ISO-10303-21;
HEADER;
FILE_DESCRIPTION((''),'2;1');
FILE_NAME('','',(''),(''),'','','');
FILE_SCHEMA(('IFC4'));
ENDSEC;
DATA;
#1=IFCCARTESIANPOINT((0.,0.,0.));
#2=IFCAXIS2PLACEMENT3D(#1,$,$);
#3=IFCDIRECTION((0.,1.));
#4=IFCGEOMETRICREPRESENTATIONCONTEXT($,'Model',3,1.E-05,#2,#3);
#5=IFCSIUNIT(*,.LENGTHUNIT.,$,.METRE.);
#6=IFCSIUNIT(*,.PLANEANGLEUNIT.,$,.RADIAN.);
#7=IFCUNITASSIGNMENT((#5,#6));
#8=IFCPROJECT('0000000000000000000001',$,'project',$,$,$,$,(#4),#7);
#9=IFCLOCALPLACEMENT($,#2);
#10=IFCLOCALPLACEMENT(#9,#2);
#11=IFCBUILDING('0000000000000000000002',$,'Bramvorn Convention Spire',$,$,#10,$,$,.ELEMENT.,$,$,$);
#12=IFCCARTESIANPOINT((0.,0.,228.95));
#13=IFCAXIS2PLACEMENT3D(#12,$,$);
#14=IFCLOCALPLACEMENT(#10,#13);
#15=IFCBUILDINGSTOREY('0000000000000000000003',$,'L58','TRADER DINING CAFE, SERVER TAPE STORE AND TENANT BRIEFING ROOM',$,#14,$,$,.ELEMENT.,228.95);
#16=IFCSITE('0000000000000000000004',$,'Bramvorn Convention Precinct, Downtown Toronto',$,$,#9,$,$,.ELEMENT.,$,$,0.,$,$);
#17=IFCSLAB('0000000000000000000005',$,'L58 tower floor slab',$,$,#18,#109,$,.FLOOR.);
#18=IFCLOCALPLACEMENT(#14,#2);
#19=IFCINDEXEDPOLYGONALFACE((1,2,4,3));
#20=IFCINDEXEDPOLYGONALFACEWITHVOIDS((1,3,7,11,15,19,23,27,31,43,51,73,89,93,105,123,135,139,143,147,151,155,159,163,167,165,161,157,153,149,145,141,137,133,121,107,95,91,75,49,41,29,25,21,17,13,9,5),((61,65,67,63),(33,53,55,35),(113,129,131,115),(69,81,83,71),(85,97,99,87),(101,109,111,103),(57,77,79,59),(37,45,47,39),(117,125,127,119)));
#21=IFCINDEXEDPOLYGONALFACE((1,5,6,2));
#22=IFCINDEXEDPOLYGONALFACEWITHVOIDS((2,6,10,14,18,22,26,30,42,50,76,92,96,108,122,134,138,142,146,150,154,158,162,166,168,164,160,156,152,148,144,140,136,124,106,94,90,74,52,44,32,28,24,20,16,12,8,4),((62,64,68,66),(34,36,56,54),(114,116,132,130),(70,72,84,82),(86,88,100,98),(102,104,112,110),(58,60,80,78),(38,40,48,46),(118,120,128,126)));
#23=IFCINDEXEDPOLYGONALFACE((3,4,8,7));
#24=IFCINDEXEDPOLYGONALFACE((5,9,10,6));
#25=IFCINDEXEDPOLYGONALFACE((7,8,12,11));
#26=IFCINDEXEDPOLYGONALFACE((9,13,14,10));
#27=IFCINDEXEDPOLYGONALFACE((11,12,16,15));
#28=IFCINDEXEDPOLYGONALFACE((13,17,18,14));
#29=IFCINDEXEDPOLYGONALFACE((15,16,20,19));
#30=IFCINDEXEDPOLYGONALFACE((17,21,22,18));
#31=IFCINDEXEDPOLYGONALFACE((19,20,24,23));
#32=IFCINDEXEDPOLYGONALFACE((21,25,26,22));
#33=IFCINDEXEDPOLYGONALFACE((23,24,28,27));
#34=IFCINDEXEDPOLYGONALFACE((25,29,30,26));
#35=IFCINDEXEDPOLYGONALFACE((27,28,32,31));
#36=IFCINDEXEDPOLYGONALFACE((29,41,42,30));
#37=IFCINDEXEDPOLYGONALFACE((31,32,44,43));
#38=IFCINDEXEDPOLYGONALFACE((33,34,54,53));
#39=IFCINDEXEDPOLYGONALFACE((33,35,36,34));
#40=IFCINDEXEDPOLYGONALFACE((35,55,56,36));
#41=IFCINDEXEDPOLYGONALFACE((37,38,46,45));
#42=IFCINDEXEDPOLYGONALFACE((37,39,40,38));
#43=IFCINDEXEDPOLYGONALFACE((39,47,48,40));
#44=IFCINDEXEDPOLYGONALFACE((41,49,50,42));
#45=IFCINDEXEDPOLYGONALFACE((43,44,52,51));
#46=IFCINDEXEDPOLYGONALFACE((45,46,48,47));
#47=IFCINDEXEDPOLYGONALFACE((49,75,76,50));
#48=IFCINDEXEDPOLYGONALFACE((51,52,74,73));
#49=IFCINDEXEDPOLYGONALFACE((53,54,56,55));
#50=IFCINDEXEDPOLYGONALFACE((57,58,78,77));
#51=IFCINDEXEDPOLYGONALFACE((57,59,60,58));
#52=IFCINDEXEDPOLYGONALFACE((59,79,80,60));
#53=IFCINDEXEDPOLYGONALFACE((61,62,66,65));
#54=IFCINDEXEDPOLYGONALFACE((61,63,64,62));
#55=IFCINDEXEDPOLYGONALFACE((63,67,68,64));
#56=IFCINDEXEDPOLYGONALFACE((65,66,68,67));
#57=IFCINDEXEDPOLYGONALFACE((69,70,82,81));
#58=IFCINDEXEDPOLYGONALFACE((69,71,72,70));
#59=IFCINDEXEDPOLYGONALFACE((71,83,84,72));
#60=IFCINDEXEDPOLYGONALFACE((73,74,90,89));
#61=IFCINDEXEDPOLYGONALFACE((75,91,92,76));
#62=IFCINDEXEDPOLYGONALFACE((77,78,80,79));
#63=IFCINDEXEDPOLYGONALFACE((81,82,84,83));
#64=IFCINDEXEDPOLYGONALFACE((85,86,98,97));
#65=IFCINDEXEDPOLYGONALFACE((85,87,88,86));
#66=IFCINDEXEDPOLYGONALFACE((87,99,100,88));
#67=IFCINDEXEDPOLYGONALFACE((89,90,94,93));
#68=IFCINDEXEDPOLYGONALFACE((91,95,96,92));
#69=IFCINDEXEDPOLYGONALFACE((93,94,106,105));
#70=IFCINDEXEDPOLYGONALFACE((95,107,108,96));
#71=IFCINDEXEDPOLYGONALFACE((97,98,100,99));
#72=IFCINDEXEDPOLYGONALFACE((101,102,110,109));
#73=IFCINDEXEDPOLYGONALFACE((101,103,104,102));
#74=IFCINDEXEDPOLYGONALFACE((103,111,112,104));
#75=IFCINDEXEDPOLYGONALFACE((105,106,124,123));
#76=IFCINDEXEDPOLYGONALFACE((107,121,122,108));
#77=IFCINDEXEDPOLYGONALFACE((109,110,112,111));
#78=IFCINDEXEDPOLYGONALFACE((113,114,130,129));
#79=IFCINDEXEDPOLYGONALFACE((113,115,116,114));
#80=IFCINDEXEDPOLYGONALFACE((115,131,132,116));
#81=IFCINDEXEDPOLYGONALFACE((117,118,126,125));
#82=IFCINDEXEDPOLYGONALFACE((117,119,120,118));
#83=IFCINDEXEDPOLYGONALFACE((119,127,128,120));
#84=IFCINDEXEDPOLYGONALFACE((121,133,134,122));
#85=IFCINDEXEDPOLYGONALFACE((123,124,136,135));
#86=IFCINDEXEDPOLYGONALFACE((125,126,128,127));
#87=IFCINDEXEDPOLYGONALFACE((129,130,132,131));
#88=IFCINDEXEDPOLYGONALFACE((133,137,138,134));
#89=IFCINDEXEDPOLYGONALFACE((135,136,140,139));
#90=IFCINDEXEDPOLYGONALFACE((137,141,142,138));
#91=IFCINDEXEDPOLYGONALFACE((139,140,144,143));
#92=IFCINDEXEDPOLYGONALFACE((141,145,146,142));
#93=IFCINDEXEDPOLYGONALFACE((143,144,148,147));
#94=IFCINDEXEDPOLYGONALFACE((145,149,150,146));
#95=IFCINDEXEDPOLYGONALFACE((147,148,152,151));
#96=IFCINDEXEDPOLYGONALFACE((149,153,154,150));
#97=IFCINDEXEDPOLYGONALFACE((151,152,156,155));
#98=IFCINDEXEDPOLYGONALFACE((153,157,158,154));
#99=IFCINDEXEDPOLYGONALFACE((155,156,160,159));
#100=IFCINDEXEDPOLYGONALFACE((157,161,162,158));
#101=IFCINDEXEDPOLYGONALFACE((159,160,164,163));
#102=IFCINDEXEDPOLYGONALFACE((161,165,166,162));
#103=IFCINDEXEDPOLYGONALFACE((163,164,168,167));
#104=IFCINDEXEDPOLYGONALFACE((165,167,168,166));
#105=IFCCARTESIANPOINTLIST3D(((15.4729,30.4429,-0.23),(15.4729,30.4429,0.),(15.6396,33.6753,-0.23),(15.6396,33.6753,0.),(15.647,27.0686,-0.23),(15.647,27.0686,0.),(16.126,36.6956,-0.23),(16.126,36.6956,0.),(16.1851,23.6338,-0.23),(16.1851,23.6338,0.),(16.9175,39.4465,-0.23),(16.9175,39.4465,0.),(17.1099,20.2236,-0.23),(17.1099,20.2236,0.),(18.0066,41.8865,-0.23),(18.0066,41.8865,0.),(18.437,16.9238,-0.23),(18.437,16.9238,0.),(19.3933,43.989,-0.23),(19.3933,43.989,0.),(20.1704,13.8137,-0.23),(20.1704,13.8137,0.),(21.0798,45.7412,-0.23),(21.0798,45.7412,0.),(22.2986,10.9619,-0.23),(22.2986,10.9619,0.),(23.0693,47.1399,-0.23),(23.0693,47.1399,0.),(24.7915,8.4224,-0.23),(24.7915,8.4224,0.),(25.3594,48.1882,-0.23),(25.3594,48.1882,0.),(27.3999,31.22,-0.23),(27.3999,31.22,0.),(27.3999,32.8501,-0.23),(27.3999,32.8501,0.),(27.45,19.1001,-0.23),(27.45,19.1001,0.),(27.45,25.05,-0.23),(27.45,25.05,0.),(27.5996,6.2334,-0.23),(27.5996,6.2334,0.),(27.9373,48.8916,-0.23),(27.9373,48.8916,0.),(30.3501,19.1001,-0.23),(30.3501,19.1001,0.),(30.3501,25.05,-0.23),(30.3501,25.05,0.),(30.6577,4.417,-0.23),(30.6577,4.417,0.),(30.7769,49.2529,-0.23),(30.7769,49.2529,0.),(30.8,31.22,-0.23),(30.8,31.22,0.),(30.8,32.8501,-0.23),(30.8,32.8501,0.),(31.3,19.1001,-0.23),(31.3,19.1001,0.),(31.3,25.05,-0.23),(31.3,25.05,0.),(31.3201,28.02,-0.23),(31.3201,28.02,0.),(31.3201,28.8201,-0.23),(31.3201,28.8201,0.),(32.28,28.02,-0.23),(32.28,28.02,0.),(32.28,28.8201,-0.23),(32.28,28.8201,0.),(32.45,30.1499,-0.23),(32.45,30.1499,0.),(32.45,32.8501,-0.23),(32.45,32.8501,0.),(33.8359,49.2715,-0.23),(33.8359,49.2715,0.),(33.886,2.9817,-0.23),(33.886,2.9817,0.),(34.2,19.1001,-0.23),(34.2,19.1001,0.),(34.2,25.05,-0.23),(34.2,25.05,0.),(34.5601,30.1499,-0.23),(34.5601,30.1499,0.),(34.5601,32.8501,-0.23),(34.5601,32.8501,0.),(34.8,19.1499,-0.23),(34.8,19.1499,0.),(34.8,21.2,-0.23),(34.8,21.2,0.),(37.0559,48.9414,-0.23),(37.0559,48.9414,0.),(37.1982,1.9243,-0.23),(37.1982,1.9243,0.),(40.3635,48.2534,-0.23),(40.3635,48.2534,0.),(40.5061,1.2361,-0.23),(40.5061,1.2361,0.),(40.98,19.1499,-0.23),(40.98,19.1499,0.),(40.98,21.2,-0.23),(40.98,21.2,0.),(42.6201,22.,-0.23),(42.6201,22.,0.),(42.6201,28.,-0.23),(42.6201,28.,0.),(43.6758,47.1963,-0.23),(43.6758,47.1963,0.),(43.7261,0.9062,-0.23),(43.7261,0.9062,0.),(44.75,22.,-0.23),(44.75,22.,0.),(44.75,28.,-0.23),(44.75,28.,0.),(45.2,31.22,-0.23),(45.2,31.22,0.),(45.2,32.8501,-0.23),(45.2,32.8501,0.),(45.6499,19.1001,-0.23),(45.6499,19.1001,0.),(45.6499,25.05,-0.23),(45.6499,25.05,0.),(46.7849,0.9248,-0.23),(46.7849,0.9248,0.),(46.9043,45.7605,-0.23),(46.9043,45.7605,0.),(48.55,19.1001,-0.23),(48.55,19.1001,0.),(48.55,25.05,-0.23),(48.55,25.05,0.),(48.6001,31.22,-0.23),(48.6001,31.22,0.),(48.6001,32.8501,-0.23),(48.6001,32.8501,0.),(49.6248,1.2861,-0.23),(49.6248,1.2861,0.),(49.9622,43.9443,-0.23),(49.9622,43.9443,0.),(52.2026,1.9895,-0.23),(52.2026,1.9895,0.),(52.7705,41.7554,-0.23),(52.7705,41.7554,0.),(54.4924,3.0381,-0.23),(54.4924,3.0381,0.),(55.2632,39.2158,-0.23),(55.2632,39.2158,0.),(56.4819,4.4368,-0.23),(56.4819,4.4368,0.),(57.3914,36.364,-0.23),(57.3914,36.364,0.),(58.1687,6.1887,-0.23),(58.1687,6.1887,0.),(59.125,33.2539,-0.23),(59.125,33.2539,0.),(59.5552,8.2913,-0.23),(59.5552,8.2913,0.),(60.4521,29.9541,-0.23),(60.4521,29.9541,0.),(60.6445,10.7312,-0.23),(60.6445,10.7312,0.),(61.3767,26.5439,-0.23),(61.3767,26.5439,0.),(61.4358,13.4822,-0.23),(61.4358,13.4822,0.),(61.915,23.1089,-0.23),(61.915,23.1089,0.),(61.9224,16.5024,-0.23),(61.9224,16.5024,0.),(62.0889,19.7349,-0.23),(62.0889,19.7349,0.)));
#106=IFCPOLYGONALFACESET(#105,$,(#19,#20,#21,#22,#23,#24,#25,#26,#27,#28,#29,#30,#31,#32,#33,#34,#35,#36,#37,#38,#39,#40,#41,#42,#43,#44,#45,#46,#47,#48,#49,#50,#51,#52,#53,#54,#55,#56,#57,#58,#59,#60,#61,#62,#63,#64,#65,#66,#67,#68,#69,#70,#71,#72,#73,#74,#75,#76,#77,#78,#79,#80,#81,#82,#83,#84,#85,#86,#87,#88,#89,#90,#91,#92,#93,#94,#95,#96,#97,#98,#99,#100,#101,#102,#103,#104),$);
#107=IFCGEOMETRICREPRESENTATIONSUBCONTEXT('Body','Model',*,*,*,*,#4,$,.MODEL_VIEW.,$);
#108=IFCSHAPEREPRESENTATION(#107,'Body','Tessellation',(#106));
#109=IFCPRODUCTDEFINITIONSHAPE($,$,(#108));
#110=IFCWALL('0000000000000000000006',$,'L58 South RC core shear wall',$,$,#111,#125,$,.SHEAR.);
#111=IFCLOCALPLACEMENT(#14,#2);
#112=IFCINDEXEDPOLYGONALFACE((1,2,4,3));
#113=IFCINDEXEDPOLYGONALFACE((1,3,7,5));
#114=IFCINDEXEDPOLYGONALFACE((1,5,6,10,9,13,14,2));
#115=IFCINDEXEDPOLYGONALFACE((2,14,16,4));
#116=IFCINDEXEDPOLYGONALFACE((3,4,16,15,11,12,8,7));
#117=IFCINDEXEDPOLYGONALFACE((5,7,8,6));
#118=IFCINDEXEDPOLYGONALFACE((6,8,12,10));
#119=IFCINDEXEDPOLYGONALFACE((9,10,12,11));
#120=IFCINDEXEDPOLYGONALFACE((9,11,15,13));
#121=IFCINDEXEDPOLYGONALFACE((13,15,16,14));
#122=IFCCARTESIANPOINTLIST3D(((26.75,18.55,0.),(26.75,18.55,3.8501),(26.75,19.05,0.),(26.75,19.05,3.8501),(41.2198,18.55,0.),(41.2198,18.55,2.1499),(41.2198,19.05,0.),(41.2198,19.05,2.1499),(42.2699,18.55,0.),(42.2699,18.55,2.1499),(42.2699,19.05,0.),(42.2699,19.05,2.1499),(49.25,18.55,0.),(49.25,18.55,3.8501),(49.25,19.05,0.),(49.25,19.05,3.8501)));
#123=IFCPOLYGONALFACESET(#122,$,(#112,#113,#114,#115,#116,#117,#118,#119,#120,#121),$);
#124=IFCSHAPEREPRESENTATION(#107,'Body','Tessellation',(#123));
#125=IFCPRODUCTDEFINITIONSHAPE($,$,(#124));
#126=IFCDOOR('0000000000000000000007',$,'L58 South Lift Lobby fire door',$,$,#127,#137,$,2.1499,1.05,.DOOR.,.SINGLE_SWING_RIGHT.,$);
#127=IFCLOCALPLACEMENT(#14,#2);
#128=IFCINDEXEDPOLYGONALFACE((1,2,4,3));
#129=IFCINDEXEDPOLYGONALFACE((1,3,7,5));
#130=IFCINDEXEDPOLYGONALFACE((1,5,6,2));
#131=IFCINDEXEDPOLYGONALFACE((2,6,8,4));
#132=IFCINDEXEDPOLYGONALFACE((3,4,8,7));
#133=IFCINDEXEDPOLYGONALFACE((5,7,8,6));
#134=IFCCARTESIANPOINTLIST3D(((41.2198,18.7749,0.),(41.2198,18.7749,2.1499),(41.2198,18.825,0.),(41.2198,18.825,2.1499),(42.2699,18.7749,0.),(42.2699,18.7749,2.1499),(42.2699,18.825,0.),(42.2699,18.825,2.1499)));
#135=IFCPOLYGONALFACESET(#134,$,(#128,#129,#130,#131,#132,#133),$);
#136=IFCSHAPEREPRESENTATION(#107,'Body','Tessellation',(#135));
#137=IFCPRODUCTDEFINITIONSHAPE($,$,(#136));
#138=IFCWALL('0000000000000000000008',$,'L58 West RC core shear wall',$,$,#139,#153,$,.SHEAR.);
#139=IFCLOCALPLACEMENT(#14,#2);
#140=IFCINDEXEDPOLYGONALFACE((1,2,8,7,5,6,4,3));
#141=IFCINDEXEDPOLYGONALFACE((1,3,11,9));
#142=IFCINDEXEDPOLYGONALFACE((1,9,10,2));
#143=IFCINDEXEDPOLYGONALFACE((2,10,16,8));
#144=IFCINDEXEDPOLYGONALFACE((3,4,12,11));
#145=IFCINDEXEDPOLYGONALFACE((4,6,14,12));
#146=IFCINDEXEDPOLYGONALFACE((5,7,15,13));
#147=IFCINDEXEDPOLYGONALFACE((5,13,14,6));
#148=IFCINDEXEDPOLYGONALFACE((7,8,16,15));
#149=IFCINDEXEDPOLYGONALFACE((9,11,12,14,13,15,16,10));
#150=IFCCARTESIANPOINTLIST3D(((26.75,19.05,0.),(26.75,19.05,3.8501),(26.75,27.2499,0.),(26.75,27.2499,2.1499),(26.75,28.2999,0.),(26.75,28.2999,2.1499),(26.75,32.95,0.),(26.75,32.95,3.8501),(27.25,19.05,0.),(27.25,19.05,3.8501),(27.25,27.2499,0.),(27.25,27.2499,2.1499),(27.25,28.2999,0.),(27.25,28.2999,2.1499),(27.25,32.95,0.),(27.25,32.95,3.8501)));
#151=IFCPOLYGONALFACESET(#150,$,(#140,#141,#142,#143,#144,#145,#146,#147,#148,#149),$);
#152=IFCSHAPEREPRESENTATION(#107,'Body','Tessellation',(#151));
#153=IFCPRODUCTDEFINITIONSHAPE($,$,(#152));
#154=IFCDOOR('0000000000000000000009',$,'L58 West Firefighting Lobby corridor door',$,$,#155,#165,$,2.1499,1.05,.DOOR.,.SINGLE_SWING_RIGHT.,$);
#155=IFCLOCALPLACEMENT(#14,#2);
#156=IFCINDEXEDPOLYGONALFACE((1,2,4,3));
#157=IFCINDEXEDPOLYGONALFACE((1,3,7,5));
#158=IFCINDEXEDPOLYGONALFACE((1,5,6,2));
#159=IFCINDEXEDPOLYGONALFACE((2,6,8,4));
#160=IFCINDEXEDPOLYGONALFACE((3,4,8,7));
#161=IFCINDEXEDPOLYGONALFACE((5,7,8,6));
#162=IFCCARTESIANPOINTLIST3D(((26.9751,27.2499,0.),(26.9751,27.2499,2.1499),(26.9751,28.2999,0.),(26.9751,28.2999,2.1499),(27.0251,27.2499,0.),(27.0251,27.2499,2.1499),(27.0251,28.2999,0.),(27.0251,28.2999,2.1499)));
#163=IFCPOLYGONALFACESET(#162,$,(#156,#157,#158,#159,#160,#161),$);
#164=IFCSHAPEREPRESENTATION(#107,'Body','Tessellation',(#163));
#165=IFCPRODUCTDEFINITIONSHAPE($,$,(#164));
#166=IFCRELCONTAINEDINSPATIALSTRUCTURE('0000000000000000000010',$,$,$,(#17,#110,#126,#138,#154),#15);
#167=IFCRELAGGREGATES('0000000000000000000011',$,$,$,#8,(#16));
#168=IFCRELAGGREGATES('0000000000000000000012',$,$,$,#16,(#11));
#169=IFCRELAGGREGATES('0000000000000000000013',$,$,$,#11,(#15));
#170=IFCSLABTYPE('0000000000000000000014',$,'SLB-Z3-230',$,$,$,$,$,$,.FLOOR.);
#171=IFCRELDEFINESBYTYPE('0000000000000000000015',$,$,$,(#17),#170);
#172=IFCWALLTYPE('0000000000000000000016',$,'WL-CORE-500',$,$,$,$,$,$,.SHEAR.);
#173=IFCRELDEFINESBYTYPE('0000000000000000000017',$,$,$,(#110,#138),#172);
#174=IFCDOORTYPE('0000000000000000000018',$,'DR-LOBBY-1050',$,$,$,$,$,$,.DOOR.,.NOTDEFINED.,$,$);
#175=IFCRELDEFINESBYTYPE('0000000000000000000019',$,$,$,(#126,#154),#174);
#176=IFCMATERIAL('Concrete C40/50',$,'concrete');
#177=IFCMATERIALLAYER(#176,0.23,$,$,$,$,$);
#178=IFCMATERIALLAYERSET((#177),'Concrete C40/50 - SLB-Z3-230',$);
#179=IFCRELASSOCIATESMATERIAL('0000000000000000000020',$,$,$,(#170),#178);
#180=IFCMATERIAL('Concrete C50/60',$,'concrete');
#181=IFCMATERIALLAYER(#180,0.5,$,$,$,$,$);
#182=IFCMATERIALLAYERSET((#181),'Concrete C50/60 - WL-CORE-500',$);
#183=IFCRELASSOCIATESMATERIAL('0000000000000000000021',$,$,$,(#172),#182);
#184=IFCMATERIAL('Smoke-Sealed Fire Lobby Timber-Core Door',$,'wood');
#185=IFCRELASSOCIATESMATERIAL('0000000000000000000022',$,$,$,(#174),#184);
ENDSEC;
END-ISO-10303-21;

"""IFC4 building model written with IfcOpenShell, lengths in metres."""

from ifc_helpers import new_model, si_unit, direction, frame, frame_2d, origin, place, context, subcontext, project, spatial, polyline, rectangle, outline, extrude, material, layer, layer_set, type_object, element, fill, save


model = new_model("IFC4")

# Units and contexts
model_context = context("Model", 3, precision=1e-05, world=origin(), true_north=direction((0.0, 1.0)))
body_context = subcontext(model_context, "Body", "Model", "MODEL_VIEW")
ifc_project = project(units=[si_unit("LENGTHUNIT", "METRE"), si_unit("PLANEANGLEUNIT", "RADIAN")], contexts=[model_context])

# Site, building, storey
site_placement = place(None, origin())
site = spatial("IfcSite", under=ifc_project, at=site_placement, Name="Bramvorn Convention Precinct, Downtown Toronto", CompositionType="ELEMENT", RefElevation=0.0)
building_placement = place(site_placement, origin())
building = spatial("IfcBuilding", under=site, at=building_placement, Name="Bramvorn Convention Spire", CompositionType="ELEMENT")
storey_placement = place(building_placement, frame((0.0, 0.0, 228.95)))
storey = spatial("IfcBuildingStorey", under=building, at=storey_placement, Name="L58", Description="TRADER DINING CAFE, SERVER TAPE STORE AND TENANT BRIEFING ROOM", CompositionType="ELEMENT", Elevation=228.95)

# Slab
ifc_material_1 = material(Name="Concrete C40/50", Category="concrete")
ifc_layer_1 = layer(ifc_material_1, 0.23)
ifc_layer_set_1 = layer_set([ifc_layer_1], Name="Concrete C40/50 - SLB-Z3-230")
slab_type_1 = type_object("IfcSlabType", Name="SLB-Z3-230", PredefinedType="FLOOR", material=ifc_layer_set_1)
slab_1_placement = place(storey_placement, frame((0.0, 0.0, -0.23)))
element("IfcSlab", 1, at=slab_1_placement, inside=storey, type_object=slab_type_1, Name="L58 tower floor slab", PredefinedType="FLOOR", context=body_context, shape_type="SweptSolid", body=[
    extrude(outline(polyline([(56.4819, 4.4368), (58.1687, 6.1887), (59.5552, 8.2913), (60.6445, 10.7312), (61.4358, 13.4822), (61.9224, 16.5024), (62.0889, 19.7349), (61.915, 23.1089), (61.3767, 26.5439), (60.4521, 29.9541), (59.125, 33.2539), (57.3914, 36.364), (55.2632, 39.2158), (52.7705, 41.7554), (49.9622, 43.9443), (46.9043, 45.7605), (43.6758, 47.1963), (40.3635, 48.2534), (37.0559, 48.9414), (33.8359, 49.2715), (30.7769, 49.2529), (27.9373, 48.8916), (25.3594, 48.1882), (23.0693, 47.1399), (21.0798, 45.7412), (19.3933, 43.989), (18.0066, 41.8865), (16.9175, 39.4465), (16.126, 36.6956), (15.6396, 33.6753), (15.4729, 30.4429), (15.647, 27.0686), (16.1851, 23.6338), (17.1099, 20.2236), (18.437, 16.9238), (20.1704, 13.8137), (22.2986, 10.9619), (24.7915, 8.4224), (27.5996, 6.2334), (30.6577, 4.417), (33.886, 2.9817), (37.1982, 1.9243), (40.5061, 1.2361), (43.7261, 0.9062), (46.7849, 0.9248), (49.6248, 1.2861), (52.2026, 1.9895), (54.4924, 3.0381), (56.4819, 4.4368)]), holes=[polyline([(27.45, 25.05), (27.45, 19.1001), (30.3501, 19.1001), (30.3501, 25.05), (27.45, 25.05)]), polyline([(45.6499, 25.05), (45.6499, 19.1001), (48.55, 19.1001), (48.55, 25.05), (45.6499, 25.05)]), polyline([(31.3, 25.05), (31.3, 19.1001), (34.2, 19.1001), (34.2, 25.05), (31.3, 25.05)]), polyline([(27.3999, 31.22), (30.8, 31.22), (30.8, 32.8501), (27.3999, 32.8501), (27.3999, 31.22)]), polyline([(45.2, 31.22), (48.6001, 31.22), (48.6001, 32.8501), (45.2, 32.8501), (45.2, 31.22)]), polyline([(32.45, 30.1499), (34.5601, 30.1499), (34.5601, 32.8501), (32.45, 32.8501), (32.45, 30.1499)]), polyline([(34.8, 19.1499), (40.98, 19.1499), (40.98, 21.2), (34.8, 21.2), (34.8, 19.1499)]), polyline([(42.6201, 22.0), (44.75, 22.0), (44.75, 28.0), (42.6201, 28.0), (42.6201, 22.0)]), polyline([(31.3201, 28.02), (32.28, 28.02), (32.28, 28.8201), (31.3201, 28.8201), (31.3201, 28.02)])]), origin(), (0.0, 0.0, 1.0), 0.23),
])

# Walls, openings, doors
ifc_material_2 = material(Name="Concrete C50/60", Category="concrete")
ifc_layer_2 = layer(ifc_material_2, 0.5)
ifc_layer_set_2 = layer_set([ifc_layer_2], Name="Concrete C50/60 - WL-CORE-500")
wall_type_1 = type_object("IfcWallType", Name="WL-CORE-500", PredefinedType="SHEAR", material=ifc_layer_set_2)
wall_1_placement = place(storey_placement, frame((26.75, 18.8, 0.0), z_axis=(0.0, 0.0, 1.0), x_axis=(1.0, 0.0, 0.0)))
wall_1 = element("IfcWall", 2, at=wall_1_placement, inside=storey, type_object=wall_type_1, Name="L58 South RC core shear wall", PredefinedType="SHEAR", context=body_context, shape_type="SweptSolid", body=[
    extrude(rectangle(XDim=22.5, YDim=0.5, at=frame_2d((11.25, 0.0))), origin(), (0.0, 0.0, 1.0), 3.8501),
])
opening_1_placement = place(wall_1_placement, frame((14.47, 0.0, 0.0)))
opening_1 = element("IfcOpeningElement", 3, at=opening_1_placement, cuts=wall_1, PredefinedType="OPENING", context=body_context, shape_type="SweptSolid", body=[
    extrude(rectangle(XDim=1.05, YDim=2.1499, at=frame_2d((0.5249, 1.075))), frame((0.0, 0.26, 0.0), z_axis=(0.0, -1.0, 0.0), x_axis=(1.0, 0.0, 0.0)), (0.0, 0.0, 1.0), 0.52),
])
ifc_material_3 = material(Name="Smoke-Sealed Fire Lobby Timber-Core Door", Category="wood")
door_type_1 = type_object("IfcDoorType", Name="DR-LOBBY-1050", OperationType="NOTDEFINED", PredefinedType="DOOR", material=ifc_material_3)
door_1_placement = place(opening_1_placement, origin())
door_1 = element("IfcDoor", 4, at=door_1_placement, inside=storey, type_object=door_type_1, Name="L58 South Lift Lobby fire door", OperationType="SINGLE_SWING_RIGHT", OverallHeight=2.1499, OverallWidth=1.05, PredefinedType="DOOR", context=body_context, shape_type="SweptSolid", body=[
    extrude(rectangle(XDim=1.05, YDim=2.1499, at=frame_2d((0.5249, 1.075))), frame((0.0, 0.0249, 0.0), z_axis=(0.0, -1.0, 0.0), x_axis=(1.0, 0.0, 0.0)), (0.0, 0.0, 1.0), 0.05),
])
fill(opening_1, door_1)
wall_2_placement = place(storey_placement, frame((27.0, 19.05, 0.0), z_axis=(0.0, 0.0, 1.0), x_axis=(0.0, 1.0, 0.0)))
wall_2 = element("IfcWall", 5, at=wall_2_placement, inside=storey, type_object=wall_type_1, Name="L58 West RC core shear wall", PredefinedType="SHEAR", context=body_context, shape_type="SweptSolid", body=[
    extrude(rectangle(XDim=13.8999, YDim=0.5, at=frame_2d((6.95, 0.0))), origin(), (0.0, 0.0, 1.0), 3.8501),
])
opening_2_placement = place(wall_2_placement, frame((8.2, 0.0, 0.0)))
opening_2 = element("IfcOpeningElement", 6, at=opening_2_placement, cuts=wall_2, PredefinedType="OPENING", context=body_context, shape_type="SweptSolid", body=[
    extrude(rectangle(XDim=1.05, YDim=2.1499, at=frame_2d((0.5249, 1.075))), frame((0.0, 0.26, 0.0), z_axis=(0.0, -1.0, 0.0), x_axis=(1.0, 0.0, 0.0)), (0.0, 0.0, 1.0), 0.52),
])
door_2_placement = place(opening_2_placement, origin())
door_2 = element("IfcDoor", 7, at=door_2_placement, inside=storey, type_object=door_type_1, Name="L58 West Firefighting Lobby corridor door", OperationType="SINGLE_SWING_RIGHT", OverallHeight=2.1499, OverallWidth=1.05, PredefinedType="DOOR", context=body_context, shape_type="SweptSolid", body=[
    extrude(rectangle(XDim=1.05, YDim=2.1499, at=frame_2d((0.5249, 1.075))), frame((0.0, 0.0249, 0.0), z_axis=(0.0, -1.0, 0.0), x_axis=(1.0, 0.0, 0.0)), (0.0, 0.0, 1.0), 0.05),
])
fill(opening_2, door_2)

save(model, "model.ifc")
